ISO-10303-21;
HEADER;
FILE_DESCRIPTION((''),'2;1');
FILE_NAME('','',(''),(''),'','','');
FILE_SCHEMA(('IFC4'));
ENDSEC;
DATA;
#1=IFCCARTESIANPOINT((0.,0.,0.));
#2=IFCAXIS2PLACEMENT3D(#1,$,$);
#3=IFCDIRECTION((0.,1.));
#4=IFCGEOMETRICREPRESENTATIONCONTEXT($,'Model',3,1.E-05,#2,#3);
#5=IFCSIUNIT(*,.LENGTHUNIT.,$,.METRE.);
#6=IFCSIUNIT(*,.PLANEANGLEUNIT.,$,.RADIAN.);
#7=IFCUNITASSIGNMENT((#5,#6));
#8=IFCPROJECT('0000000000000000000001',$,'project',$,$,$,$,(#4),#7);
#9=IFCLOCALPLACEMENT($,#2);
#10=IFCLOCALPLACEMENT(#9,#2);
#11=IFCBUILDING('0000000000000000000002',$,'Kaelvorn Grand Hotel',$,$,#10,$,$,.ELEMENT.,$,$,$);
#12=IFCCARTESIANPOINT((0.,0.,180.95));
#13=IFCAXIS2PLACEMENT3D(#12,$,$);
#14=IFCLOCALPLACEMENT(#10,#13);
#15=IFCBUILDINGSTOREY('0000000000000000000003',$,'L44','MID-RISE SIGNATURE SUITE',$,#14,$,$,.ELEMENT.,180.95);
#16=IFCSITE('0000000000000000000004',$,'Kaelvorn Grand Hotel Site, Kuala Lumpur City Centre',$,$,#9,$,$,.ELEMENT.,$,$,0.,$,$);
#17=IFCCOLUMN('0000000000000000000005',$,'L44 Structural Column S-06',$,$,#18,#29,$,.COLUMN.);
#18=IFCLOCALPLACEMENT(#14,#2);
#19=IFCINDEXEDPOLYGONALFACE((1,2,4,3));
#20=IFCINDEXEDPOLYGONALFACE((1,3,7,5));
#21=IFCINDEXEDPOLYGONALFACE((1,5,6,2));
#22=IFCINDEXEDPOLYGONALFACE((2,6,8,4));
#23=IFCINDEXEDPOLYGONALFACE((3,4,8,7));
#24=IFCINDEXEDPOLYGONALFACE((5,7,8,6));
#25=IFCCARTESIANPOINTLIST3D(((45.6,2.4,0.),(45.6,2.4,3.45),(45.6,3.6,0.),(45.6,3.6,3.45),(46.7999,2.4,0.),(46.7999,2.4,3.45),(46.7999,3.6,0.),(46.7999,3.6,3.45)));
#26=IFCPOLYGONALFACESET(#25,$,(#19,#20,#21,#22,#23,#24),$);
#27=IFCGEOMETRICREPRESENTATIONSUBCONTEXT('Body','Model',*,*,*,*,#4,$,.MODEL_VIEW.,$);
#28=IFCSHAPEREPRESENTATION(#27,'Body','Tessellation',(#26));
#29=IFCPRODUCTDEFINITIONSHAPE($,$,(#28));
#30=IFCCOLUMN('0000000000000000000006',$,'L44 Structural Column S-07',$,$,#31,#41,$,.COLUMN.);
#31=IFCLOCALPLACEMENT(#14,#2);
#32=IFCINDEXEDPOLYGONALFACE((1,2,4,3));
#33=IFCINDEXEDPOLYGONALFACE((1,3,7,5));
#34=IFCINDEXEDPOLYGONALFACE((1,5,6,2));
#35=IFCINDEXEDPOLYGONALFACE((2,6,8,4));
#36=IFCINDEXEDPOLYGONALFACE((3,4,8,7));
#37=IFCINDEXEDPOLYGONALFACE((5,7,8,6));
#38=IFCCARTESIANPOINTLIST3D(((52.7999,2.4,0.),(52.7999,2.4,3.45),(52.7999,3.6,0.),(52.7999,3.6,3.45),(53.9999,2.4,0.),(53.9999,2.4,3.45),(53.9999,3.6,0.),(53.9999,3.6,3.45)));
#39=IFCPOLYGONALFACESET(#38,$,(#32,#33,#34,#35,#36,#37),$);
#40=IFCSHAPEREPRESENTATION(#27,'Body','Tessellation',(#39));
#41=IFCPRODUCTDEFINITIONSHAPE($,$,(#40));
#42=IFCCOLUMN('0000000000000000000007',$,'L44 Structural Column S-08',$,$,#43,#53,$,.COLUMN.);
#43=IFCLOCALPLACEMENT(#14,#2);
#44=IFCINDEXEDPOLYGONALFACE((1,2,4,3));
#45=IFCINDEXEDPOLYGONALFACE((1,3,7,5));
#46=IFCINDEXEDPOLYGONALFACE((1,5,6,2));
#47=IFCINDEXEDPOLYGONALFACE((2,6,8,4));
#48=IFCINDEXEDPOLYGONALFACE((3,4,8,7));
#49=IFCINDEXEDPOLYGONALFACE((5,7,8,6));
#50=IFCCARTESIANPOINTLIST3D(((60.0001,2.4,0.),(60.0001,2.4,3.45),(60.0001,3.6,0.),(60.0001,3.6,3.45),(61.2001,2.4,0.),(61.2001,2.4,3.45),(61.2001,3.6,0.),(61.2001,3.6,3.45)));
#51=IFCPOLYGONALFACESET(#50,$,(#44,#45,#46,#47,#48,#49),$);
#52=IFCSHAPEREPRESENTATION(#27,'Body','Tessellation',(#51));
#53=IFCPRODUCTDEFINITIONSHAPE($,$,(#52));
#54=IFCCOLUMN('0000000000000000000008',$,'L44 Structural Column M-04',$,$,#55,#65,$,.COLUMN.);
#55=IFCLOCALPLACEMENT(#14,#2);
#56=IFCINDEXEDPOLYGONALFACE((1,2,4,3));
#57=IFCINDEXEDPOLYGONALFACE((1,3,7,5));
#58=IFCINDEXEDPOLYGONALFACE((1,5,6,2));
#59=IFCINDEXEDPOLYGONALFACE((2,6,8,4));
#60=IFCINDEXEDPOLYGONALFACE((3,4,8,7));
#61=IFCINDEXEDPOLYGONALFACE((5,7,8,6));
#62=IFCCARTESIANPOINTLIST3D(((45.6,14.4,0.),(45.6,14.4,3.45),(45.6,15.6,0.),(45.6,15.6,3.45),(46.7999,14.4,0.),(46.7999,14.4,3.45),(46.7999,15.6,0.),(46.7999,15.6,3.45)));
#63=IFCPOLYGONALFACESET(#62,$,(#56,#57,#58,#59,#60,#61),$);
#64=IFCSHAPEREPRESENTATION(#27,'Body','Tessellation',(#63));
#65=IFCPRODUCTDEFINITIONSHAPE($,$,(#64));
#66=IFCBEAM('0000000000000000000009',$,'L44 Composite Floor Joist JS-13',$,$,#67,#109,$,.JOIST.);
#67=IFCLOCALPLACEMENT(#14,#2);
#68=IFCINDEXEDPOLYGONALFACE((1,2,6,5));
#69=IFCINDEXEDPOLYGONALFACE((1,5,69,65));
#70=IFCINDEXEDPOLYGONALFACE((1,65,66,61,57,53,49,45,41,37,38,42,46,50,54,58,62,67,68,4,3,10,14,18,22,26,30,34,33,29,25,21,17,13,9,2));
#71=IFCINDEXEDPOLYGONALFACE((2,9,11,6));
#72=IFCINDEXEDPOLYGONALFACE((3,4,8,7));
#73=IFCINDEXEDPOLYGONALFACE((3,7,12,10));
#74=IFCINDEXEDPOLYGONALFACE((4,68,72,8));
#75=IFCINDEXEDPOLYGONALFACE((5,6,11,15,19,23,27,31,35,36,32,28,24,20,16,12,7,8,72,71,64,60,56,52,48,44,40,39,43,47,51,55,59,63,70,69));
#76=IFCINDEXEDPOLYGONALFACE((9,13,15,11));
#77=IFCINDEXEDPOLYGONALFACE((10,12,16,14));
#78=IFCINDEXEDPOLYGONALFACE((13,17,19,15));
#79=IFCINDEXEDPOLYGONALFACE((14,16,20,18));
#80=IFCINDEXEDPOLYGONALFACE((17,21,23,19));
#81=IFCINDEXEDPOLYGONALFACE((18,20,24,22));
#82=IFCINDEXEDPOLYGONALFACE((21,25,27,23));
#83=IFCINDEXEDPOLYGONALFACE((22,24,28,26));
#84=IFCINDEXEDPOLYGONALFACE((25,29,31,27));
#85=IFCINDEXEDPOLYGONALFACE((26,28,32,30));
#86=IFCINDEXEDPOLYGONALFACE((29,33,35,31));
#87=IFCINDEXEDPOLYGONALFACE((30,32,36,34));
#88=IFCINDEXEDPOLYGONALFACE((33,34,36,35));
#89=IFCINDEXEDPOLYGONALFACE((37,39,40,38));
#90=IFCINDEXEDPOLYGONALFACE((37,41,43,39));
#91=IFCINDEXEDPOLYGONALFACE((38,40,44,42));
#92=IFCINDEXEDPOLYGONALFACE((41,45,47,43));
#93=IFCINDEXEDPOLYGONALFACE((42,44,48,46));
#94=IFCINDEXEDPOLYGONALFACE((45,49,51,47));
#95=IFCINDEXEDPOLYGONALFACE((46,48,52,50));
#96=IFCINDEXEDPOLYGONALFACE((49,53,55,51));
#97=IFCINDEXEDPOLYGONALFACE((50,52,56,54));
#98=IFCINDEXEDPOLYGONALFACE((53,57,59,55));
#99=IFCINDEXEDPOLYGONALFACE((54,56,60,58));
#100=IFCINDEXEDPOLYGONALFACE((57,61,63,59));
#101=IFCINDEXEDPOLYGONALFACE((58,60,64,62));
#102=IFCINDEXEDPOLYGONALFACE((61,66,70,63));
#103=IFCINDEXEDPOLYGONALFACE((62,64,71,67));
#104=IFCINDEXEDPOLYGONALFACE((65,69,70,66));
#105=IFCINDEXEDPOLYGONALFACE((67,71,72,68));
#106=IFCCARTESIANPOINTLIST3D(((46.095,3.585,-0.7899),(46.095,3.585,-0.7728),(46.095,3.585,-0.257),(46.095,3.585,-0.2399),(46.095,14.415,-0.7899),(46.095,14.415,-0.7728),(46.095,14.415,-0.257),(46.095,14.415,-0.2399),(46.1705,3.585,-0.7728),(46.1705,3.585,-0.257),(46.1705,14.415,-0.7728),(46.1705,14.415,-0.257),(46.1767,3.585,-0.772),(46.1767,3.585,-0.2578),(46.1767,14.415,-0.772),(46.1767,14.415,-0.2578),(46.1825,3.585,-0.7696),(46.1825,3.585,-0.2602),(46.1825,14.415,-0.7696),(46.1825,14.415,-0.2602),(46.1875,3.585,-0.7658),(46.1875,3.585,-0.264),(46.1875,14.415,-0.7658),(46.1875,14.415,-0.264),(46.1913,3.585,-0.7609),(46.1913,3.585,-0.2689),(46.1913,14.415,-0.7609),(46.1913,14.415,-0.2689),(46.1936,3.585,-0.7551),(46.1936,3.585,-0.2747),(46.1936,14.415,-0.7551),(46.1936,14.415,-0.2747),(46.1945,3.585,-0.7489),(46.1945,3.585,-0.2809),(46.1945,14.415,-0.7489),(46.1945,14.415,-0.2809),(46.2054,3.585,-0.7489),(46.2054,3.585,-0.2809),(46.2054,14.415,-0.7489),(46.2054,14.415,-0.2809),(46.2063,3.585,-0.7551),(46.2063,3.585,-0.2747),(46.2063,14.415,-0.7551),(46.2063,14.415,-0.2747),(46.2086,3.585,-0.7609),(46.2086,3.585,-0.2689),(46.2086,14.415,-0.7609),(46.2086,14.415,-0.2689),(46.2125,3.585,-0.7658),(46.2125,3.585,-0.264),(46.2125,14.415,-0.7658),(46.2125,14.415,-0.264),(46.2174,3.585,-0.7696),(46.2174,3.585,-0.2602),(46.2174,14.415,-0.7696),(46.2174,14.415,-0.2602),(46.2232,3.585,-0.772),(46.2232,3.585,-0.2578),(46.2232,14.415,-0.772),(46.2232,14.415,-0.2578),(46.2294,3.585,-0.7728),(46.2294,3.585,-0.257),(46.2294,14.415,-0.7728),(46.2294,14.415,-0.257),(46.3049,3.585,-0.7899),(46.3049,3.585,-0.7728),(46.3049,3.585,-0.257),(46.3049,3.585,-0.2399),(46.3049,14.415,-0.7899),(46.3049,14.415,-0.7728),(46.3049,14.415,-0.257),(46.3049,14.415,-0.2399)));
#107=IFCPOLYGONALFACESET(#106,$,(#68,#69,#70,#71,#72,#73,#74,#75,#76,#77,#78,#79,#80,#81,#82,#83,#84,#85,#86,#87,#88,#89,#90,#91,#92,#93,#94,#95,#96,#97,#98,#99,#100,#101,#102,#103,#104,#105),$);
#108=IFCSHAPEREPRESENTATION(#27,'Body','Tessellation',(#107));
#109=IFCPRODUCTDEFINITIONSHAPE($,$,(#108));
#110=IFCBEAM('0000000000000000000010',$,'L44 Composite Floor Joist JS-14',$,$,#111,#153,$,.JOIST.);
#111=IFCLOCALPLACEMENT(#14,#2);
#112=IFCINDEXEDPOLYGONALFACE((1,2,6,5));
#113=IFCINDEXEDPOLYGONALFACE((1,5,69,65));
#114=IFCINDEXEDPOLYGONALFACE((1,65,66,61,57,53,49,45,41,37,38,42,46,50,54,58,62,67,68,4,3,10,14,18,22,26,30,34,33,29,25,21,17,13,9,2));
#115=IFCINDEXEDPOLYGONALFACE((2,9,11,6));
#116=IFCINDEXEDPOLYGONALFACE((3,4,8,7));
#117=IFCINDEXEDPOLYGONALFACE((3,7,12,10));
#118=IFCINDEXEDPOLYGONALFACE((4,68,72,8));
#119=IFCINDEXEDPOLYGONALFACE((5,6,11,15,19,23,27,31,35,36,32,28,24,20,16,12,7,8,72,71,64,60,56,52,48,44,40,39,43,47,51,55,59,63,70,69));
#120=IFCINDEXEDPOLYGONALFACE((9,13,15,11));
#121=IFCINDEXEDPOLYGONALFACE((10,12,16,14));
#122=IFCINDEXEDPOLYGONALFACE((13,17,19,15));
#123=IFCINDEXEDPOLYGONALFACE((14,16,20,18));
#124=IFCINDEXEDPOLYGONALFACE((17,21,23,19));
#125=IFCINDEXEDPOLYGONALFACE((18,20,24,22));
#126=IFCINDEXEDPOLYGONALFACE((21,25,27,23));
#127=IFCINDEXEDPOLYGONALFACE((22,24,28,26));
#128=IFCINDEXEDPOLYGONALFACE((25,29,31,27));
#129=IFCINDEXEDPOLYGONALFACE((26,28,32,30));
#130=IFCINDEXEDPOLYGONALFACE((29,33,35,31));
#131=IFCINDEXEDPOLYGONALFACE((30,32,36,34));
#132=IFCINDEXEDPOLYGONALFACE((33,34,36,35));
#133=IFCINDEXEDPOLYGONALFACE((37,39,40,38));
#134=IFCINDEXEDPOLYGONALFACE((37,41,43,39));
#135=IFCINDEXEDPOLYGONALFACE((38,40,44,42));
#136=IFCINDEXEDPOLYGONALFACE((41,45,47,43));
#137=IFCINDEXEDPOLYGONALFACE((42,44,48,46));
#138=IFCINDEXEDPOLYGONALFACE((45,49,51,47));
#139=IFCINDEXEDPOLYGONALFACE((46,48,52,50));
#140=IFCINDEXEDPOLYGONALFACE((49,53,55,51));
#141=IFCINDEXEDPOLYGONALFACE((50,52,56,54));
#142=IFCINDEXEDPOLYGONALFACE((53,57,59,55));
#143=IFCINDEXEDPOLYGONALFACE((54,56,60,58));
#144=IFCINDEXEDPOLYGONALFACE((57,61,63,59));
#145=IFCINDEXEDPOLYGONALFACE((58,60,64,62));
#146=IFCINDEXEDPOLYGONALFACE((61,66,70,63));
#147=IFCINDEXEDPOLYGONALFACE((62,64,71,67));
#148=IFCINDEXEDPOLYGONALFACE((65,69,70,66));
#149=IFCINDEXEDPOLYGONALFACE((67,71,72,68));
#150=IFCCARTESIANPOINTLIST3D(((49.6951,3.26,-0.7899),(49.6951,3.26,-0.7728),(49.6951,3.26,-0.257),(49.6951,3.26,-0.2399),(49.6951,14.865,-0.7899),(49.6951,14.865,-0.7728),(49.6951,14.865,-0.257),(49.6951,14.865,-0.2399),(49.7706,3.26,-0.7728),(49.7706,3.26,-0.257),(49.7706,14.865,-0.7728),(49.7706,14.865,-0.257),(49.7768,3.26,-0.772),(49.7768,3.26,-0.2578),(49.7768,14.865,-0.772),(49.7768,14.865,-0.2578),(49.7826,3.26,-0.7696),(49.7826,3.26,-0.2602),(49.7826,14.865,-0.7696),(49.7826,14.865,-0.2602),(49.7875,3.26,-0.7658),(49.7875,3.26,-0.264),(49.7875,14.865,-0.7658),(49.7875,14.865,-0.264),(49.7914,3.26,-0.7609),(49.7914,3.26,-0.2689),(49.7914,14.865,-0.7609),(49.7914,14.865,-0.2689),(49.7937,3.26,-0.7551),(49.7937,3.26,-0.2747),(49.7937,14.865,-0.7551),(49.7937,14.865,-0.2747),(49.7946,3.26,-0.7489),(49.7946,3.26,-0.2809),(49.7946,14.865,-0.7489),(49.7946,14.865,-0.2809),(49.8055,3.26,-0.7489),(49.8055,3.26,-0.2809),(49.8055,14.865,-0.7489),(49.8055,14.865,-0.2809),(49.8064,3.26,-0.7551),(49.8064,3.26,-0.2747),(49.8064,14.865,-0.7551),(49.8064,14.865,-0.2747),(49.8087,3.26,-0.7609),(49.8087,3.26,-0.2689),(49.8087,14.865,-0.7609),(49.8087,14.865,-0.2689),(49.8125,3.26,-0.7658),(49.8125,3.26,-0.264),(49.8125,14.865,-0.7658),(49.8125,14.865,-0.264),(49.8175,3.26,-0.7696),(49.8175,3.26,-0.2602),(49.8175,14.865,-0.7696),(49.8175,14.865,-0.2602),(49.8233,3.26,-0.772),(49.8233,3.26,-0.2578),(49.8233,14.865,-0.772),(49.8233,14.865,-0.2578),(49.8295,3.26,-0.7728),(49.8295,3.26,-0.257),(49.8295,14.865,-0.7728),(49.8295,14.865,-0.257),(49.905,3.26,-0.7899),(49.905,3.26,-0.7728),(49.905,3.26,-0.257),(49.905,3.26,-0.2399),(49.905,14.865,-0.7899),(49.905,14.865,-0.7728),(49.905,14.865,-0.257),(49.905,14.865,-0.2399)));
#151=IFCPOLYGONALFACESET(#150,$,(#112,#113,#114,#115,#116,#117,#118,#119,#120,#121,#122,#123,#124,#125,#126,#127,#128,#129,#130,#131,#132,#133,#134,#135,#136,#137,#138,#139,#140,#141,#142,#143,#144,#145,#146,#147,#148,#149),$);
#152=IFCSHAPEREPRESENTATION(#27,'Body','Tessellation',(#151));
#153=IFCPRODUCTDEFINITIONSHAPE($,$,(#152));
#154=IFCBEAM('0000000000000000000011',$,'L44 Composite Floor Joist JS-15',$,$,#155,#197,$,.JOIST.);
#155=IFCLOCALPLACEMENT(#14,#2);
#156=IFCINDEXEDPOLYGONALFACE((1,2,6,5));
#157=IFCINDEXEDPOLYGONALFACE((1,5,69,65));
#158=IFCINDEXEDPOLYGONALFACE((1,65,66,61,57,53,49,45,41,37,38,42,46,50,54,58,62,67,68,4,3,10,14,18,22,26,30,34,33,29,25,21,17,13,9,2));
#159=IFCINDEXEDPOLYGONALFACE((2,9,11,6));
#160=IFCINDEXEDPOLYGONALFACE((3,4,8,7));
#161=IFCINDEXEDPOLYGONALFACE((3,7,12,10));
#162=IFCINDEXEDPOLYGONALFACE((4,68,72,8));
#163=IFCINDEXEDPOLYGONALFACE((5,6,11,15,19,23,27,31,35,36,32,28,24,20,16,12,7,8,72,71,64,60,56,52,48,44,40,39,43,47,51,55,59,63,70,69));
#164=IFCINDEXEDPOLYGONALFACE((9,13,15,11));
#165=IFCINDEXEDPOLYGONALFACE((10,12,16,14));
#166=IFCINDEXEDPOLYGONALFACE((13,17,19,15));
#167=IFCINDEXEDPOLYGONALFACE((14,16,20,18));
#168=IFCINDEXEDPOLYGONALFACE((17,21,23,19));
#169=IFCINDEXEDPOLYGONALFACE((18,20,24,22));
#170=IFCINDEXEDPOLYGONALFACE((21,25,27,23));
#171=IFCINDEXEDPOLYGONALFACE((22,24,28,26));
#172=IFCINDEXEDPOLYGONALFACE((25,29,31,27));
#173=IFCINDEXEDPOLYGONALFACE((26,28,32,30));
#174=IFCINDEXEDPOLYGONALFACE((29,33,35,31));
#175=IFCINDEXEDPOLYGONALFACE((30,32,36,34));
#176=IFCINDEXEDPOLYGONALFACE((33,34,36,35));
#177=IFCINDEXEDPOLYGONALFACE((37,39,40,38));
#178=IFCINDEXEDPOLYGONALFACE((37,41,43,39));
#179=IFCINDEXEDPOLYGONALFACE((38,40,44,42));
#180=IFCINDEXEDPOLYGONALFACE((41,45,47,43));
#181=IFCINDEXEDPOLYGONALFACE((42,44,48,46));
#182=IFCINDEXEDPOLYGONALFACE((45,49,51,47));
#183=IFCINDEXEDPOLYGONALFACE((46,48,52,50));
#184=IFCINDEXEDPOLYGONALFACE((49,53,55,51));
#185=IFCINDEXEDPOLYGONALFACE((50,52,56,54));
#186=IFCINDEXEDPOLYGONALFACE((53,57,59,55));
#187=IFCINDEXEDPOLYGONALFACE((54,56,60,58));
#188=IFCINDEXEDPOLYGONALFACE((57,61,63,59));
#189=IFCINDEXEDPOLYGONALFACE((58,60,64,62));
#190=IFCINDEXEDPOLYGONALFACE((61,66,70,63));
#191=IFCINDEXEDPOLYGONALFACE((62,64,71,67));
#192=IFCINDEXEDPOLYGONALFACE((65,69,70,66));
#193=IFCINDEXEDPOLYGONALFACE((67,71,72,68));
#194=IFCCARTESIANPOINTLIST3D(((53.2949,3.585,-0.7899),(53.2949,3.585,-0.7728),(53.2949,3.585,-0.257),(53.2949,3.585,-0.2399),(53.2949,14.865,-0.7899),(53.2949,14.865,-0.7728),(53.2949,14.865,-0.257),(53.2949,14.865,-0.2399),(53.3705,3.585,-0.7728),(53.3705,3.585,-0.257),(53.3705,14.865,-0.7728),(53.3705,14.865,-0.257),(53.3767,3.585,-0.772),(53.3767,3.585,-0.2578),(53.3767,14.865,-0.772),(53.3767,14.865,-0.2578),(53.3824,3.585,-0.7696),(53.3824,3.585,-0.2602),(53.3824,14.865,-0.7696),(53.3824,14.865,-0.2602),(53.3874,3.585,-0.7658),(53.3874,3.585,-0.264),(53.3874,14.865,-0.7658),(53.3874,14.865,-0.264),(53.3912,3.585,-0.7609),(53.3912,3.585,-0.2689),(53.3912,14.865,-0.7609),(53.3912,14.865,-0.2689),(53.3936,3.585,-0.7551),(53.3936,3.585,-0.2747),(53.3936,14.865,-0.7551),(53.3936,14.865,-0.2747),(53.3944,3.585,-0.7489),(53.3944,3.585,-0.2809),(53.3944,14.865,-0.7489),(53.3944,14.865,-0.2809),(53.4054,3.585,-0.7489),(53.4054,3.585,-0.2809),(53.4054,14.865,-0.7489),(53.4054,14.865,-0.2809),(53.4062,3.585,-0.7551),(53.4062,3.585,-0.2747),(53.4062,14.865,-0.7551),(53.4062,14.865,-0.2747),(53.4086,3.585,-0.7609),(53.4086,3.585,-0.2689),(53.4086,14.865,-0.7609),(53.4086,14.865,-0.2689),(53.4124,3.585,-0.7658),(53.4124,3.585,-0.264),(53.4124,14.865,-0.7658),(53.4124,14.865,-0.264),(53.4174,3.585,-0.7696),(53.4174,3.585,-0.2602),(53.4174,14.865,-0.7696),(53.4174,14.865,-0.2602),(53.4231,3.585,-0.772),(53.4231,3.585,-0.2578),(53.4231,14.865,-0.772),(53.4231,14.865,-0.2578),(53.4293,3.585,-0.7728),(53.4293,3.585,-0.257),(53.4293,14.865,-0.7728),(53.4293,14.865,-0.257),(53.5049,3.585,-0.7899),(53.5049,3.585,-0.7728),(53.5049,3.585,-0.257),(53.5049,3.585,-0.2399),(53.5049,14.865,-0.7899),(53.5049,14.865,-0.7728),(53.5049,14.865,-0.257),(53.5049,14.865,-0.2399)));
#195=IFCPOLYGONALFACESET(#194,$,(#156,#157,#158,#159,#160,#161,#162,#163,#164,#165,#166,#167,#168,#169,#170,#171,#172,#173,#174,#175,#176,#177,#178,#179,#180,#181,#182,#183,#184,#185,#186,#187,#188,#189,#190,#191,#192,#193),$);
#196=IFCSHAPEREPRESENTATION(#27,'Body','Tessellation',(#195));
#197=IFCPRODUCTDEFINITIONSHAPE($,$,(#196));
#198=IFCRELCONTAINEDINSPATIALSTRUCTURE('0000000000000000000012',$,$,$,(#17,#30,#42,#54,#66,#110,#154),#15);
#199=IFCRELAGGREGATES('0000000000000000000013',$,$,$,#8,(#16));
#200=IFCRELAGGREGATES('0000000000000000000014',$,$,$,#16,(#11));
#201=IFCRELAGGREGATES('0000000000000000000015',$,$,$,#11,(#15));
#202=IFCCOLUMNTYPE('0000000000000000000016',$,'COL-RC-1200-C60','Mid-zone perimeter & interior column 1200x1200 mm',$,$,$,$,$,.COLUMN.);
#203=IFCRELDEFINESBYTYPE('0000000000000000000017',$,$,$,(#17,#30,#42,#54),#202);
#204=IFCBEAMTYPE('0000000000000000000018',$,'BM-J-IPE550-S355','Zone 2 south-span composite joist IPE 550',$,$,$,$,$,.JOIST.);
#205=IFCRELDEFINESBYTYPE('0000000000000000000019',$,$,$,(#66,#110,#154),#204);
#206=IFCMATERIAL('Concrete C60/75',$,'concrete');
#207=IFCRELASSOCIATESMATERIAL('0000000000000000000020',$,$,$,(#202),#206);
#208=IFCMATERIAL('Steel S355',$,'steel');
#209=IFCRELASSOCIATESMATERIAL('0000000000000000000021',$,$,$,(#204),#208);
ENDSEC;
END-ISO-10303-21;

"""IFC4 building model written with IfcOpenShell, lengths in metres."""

from ifc_helpers import new_model, si_unit, direction, frame, origin, origin_2d, place, context, subcontext, project, spatial, rectangle, i_section, extrude, material, material_profile, profile_set, type_object, element, save


model = new_model("IFC4")

# Units and contexts
model_context = context("Model", 3, precision=1e-05, world=origin(), true_north=direction((0.0, 1.0)))
body_context = subcontext(model_context, "Body", "Model", "MODEL_VIEW")
ifc_project = project(units=[si_unit("LENGTHUNIT", "METRE"), si_unit("PLANEANGLEUNIT", "RADIAN")], contexts=[model_context])

# Site, building, storey
site_placement = place(None, origin())
site = spatial("IfcSite", under=ifc_project, at=site_placement, Name="Kaelvorn Grand Hotel Site, Kuala Lumpur City Centre", CompositionType="ELEMENT", RefElevation=0.0)
building_placement = place(site_placement, origin())
building = spatial("IfcBuilding", under=site, at=building_placement, Name="Kaelvorn Grand Hotel", CompositionType="ELEMENT")
storey_placement = place(building_placement, frame((0.0, 0.0, 180.95)))
storey = spatial("IfcBuildingStorey", under=building, at=storey_placement, Name="L44", Description="MID-RISE SIGNATURE SUITE", CompositionType="ELEMENT", Elevation=180.95)

# Columns
ifc_material_1 = material(Name="Concrete C60/75", Category="concrete")
ifc_material_profile_1 = material_profile(ifc_material_1, rectangle(XDim=1.2, YDim=1.2, at=origin_2d()), Name="RC COL 1200x1200")
ifc_profile_set_1 = profile_set([ifc_material_profile_1], Name="Concrete C60/75")
column_type = type_object("IfcColumnType", Name="COL-RC-1200-C60", Description="Mid-zone perimeter & interior column 1200x1200 mm", PredefinedType="COLUMN", material=ifc_profile_set_1)
for number, where, z_axis, x_axis, name in (
    (1, (46.2, 3.0, 0.0), (0.0, 0.0, 1.0), (1.0, 0.0, 0.0), "L44 Structural Column S-06"),
    (2, (53.3999, 3.0, 0.0), (0.0, 0.0, 1.0), (1.0, 0.0, 0.0), "L44 Structural Column S-07"),
    (3, (60.6001, 3.0, 0.0), (0.0, 0.0, 1.0), (1.0, 0.0, 0.0), "L44 Structural Column S-08"),
    (4, (46.2, 15.0, 0.0), (0.0, 0.0, 1.0), (1.0, 0.0, 0.0), "L44 Structural Column M-04"),
):
    element("IfcColumn", number, at=place(storey_placement, frame(where, z_axis=z_axis, x_axis=x_axis)), inside=storey, type_object=column_type, Name=name, PredefinedType="COLUMN", context=body_context, shape_type="SweptSolid", body=[
        extrude(rectangle(XDim=1.2, YDim=1.2, at=origin_2d()), origin(), (0.0, 0.0, 1.0), 3.45),
    ])

# Beams
ifc_material_2 = material(Name="Steel S355", Category="steel")
ifc_material_profile_2 = material_profile(ifc_material_2, i_section(OverallWidth=0.21, OverallDepth=0.55, WebThickness=0.011, FlangeThickness=0.0171, FilletRadius=0.0239, at=origin_2d()), Name="IPE 550")
ifc_profile_set_2 = profile_set([ifc_material_profile_2], Name="Steel S355")
beam_type_1 = type_object("IfcBeamType", Name="BM-J-IPE550-S355", Description="Zone 2 south-span composite joist IPE 550", PredefinedType="JOIST", material=ifc_profile_set_2)
beam_1_placement = place(storey_placement, frame((46.2, 3.585, -0.5149), z_axis=(0.0, 1.0, 0.0), x_axis=(-1.0, 0.0, 0.0)))
element("IfcBeam", 5, at=beam_1_placement, inside=storey, type_object=beam_type_1, Name="L44 Composite Floor Joist JS-13", PredefinedType="JOIST", context=body_context, shape_type="SweptSolid", body=[
    extrude(i_section(OverallWidth=0.21, OverallDepth=0.55, WebThickness=0.011, FlangeThickness=0.0171, FilletRadius=0.0239, at=origin_2d()), origin(), (0.0, 0.0, 1.0), 10.8301),
])
beam_2_placement = place(storey_placement, frame((49.8, 3.26, -0.5149), z_axis=(0.0, 1.0, 0.0), x_axis=(-1.0, 0.0, 0.0)))
element("IfcBeam", 6, at=beam_2_placement, inside=storey, type_object=beam_type_1, Name="L44 Composite Floor Joist JS-14", PredefinedType="JOIST", context=body_context, shape_type="SweptSolid", body=[
    extrude(i_section(OverallWidth=0.21, OverallDepth=0.55, WebThickness=0.011, FlangeThickness=0.0171, FilletRadius=0.0239, at=origin_2d()), origin(), (0.0, 0.0, 1.0), 11.605),
])
beam_3_placement = place(storey_placement, frame((53.3999, 3.585, -0.5149), z_axis=(0.0, 1.0, 0.0), x_axis=(-1.0, 0.0, 0.0)))
element("IfcBeam", 7, at=beam_3_placement, inside=storey, type_object=beam_type_1, Name="L44 Composite Floor Joist JS-15", PredefinedType="JOIST", context=body_context, shape_type="SweptSolid", body=[
    extrude(i_section(OverallWidth=0.21, OverallDepth=0.55, WebThickness=0.011, FlangeThickness=0.0171, FilletRadius=0.0239, at=origin_2d()), origin(), (0.0, 0.0, 1.0), 11.28),
])

save(model, "model.ifc")
